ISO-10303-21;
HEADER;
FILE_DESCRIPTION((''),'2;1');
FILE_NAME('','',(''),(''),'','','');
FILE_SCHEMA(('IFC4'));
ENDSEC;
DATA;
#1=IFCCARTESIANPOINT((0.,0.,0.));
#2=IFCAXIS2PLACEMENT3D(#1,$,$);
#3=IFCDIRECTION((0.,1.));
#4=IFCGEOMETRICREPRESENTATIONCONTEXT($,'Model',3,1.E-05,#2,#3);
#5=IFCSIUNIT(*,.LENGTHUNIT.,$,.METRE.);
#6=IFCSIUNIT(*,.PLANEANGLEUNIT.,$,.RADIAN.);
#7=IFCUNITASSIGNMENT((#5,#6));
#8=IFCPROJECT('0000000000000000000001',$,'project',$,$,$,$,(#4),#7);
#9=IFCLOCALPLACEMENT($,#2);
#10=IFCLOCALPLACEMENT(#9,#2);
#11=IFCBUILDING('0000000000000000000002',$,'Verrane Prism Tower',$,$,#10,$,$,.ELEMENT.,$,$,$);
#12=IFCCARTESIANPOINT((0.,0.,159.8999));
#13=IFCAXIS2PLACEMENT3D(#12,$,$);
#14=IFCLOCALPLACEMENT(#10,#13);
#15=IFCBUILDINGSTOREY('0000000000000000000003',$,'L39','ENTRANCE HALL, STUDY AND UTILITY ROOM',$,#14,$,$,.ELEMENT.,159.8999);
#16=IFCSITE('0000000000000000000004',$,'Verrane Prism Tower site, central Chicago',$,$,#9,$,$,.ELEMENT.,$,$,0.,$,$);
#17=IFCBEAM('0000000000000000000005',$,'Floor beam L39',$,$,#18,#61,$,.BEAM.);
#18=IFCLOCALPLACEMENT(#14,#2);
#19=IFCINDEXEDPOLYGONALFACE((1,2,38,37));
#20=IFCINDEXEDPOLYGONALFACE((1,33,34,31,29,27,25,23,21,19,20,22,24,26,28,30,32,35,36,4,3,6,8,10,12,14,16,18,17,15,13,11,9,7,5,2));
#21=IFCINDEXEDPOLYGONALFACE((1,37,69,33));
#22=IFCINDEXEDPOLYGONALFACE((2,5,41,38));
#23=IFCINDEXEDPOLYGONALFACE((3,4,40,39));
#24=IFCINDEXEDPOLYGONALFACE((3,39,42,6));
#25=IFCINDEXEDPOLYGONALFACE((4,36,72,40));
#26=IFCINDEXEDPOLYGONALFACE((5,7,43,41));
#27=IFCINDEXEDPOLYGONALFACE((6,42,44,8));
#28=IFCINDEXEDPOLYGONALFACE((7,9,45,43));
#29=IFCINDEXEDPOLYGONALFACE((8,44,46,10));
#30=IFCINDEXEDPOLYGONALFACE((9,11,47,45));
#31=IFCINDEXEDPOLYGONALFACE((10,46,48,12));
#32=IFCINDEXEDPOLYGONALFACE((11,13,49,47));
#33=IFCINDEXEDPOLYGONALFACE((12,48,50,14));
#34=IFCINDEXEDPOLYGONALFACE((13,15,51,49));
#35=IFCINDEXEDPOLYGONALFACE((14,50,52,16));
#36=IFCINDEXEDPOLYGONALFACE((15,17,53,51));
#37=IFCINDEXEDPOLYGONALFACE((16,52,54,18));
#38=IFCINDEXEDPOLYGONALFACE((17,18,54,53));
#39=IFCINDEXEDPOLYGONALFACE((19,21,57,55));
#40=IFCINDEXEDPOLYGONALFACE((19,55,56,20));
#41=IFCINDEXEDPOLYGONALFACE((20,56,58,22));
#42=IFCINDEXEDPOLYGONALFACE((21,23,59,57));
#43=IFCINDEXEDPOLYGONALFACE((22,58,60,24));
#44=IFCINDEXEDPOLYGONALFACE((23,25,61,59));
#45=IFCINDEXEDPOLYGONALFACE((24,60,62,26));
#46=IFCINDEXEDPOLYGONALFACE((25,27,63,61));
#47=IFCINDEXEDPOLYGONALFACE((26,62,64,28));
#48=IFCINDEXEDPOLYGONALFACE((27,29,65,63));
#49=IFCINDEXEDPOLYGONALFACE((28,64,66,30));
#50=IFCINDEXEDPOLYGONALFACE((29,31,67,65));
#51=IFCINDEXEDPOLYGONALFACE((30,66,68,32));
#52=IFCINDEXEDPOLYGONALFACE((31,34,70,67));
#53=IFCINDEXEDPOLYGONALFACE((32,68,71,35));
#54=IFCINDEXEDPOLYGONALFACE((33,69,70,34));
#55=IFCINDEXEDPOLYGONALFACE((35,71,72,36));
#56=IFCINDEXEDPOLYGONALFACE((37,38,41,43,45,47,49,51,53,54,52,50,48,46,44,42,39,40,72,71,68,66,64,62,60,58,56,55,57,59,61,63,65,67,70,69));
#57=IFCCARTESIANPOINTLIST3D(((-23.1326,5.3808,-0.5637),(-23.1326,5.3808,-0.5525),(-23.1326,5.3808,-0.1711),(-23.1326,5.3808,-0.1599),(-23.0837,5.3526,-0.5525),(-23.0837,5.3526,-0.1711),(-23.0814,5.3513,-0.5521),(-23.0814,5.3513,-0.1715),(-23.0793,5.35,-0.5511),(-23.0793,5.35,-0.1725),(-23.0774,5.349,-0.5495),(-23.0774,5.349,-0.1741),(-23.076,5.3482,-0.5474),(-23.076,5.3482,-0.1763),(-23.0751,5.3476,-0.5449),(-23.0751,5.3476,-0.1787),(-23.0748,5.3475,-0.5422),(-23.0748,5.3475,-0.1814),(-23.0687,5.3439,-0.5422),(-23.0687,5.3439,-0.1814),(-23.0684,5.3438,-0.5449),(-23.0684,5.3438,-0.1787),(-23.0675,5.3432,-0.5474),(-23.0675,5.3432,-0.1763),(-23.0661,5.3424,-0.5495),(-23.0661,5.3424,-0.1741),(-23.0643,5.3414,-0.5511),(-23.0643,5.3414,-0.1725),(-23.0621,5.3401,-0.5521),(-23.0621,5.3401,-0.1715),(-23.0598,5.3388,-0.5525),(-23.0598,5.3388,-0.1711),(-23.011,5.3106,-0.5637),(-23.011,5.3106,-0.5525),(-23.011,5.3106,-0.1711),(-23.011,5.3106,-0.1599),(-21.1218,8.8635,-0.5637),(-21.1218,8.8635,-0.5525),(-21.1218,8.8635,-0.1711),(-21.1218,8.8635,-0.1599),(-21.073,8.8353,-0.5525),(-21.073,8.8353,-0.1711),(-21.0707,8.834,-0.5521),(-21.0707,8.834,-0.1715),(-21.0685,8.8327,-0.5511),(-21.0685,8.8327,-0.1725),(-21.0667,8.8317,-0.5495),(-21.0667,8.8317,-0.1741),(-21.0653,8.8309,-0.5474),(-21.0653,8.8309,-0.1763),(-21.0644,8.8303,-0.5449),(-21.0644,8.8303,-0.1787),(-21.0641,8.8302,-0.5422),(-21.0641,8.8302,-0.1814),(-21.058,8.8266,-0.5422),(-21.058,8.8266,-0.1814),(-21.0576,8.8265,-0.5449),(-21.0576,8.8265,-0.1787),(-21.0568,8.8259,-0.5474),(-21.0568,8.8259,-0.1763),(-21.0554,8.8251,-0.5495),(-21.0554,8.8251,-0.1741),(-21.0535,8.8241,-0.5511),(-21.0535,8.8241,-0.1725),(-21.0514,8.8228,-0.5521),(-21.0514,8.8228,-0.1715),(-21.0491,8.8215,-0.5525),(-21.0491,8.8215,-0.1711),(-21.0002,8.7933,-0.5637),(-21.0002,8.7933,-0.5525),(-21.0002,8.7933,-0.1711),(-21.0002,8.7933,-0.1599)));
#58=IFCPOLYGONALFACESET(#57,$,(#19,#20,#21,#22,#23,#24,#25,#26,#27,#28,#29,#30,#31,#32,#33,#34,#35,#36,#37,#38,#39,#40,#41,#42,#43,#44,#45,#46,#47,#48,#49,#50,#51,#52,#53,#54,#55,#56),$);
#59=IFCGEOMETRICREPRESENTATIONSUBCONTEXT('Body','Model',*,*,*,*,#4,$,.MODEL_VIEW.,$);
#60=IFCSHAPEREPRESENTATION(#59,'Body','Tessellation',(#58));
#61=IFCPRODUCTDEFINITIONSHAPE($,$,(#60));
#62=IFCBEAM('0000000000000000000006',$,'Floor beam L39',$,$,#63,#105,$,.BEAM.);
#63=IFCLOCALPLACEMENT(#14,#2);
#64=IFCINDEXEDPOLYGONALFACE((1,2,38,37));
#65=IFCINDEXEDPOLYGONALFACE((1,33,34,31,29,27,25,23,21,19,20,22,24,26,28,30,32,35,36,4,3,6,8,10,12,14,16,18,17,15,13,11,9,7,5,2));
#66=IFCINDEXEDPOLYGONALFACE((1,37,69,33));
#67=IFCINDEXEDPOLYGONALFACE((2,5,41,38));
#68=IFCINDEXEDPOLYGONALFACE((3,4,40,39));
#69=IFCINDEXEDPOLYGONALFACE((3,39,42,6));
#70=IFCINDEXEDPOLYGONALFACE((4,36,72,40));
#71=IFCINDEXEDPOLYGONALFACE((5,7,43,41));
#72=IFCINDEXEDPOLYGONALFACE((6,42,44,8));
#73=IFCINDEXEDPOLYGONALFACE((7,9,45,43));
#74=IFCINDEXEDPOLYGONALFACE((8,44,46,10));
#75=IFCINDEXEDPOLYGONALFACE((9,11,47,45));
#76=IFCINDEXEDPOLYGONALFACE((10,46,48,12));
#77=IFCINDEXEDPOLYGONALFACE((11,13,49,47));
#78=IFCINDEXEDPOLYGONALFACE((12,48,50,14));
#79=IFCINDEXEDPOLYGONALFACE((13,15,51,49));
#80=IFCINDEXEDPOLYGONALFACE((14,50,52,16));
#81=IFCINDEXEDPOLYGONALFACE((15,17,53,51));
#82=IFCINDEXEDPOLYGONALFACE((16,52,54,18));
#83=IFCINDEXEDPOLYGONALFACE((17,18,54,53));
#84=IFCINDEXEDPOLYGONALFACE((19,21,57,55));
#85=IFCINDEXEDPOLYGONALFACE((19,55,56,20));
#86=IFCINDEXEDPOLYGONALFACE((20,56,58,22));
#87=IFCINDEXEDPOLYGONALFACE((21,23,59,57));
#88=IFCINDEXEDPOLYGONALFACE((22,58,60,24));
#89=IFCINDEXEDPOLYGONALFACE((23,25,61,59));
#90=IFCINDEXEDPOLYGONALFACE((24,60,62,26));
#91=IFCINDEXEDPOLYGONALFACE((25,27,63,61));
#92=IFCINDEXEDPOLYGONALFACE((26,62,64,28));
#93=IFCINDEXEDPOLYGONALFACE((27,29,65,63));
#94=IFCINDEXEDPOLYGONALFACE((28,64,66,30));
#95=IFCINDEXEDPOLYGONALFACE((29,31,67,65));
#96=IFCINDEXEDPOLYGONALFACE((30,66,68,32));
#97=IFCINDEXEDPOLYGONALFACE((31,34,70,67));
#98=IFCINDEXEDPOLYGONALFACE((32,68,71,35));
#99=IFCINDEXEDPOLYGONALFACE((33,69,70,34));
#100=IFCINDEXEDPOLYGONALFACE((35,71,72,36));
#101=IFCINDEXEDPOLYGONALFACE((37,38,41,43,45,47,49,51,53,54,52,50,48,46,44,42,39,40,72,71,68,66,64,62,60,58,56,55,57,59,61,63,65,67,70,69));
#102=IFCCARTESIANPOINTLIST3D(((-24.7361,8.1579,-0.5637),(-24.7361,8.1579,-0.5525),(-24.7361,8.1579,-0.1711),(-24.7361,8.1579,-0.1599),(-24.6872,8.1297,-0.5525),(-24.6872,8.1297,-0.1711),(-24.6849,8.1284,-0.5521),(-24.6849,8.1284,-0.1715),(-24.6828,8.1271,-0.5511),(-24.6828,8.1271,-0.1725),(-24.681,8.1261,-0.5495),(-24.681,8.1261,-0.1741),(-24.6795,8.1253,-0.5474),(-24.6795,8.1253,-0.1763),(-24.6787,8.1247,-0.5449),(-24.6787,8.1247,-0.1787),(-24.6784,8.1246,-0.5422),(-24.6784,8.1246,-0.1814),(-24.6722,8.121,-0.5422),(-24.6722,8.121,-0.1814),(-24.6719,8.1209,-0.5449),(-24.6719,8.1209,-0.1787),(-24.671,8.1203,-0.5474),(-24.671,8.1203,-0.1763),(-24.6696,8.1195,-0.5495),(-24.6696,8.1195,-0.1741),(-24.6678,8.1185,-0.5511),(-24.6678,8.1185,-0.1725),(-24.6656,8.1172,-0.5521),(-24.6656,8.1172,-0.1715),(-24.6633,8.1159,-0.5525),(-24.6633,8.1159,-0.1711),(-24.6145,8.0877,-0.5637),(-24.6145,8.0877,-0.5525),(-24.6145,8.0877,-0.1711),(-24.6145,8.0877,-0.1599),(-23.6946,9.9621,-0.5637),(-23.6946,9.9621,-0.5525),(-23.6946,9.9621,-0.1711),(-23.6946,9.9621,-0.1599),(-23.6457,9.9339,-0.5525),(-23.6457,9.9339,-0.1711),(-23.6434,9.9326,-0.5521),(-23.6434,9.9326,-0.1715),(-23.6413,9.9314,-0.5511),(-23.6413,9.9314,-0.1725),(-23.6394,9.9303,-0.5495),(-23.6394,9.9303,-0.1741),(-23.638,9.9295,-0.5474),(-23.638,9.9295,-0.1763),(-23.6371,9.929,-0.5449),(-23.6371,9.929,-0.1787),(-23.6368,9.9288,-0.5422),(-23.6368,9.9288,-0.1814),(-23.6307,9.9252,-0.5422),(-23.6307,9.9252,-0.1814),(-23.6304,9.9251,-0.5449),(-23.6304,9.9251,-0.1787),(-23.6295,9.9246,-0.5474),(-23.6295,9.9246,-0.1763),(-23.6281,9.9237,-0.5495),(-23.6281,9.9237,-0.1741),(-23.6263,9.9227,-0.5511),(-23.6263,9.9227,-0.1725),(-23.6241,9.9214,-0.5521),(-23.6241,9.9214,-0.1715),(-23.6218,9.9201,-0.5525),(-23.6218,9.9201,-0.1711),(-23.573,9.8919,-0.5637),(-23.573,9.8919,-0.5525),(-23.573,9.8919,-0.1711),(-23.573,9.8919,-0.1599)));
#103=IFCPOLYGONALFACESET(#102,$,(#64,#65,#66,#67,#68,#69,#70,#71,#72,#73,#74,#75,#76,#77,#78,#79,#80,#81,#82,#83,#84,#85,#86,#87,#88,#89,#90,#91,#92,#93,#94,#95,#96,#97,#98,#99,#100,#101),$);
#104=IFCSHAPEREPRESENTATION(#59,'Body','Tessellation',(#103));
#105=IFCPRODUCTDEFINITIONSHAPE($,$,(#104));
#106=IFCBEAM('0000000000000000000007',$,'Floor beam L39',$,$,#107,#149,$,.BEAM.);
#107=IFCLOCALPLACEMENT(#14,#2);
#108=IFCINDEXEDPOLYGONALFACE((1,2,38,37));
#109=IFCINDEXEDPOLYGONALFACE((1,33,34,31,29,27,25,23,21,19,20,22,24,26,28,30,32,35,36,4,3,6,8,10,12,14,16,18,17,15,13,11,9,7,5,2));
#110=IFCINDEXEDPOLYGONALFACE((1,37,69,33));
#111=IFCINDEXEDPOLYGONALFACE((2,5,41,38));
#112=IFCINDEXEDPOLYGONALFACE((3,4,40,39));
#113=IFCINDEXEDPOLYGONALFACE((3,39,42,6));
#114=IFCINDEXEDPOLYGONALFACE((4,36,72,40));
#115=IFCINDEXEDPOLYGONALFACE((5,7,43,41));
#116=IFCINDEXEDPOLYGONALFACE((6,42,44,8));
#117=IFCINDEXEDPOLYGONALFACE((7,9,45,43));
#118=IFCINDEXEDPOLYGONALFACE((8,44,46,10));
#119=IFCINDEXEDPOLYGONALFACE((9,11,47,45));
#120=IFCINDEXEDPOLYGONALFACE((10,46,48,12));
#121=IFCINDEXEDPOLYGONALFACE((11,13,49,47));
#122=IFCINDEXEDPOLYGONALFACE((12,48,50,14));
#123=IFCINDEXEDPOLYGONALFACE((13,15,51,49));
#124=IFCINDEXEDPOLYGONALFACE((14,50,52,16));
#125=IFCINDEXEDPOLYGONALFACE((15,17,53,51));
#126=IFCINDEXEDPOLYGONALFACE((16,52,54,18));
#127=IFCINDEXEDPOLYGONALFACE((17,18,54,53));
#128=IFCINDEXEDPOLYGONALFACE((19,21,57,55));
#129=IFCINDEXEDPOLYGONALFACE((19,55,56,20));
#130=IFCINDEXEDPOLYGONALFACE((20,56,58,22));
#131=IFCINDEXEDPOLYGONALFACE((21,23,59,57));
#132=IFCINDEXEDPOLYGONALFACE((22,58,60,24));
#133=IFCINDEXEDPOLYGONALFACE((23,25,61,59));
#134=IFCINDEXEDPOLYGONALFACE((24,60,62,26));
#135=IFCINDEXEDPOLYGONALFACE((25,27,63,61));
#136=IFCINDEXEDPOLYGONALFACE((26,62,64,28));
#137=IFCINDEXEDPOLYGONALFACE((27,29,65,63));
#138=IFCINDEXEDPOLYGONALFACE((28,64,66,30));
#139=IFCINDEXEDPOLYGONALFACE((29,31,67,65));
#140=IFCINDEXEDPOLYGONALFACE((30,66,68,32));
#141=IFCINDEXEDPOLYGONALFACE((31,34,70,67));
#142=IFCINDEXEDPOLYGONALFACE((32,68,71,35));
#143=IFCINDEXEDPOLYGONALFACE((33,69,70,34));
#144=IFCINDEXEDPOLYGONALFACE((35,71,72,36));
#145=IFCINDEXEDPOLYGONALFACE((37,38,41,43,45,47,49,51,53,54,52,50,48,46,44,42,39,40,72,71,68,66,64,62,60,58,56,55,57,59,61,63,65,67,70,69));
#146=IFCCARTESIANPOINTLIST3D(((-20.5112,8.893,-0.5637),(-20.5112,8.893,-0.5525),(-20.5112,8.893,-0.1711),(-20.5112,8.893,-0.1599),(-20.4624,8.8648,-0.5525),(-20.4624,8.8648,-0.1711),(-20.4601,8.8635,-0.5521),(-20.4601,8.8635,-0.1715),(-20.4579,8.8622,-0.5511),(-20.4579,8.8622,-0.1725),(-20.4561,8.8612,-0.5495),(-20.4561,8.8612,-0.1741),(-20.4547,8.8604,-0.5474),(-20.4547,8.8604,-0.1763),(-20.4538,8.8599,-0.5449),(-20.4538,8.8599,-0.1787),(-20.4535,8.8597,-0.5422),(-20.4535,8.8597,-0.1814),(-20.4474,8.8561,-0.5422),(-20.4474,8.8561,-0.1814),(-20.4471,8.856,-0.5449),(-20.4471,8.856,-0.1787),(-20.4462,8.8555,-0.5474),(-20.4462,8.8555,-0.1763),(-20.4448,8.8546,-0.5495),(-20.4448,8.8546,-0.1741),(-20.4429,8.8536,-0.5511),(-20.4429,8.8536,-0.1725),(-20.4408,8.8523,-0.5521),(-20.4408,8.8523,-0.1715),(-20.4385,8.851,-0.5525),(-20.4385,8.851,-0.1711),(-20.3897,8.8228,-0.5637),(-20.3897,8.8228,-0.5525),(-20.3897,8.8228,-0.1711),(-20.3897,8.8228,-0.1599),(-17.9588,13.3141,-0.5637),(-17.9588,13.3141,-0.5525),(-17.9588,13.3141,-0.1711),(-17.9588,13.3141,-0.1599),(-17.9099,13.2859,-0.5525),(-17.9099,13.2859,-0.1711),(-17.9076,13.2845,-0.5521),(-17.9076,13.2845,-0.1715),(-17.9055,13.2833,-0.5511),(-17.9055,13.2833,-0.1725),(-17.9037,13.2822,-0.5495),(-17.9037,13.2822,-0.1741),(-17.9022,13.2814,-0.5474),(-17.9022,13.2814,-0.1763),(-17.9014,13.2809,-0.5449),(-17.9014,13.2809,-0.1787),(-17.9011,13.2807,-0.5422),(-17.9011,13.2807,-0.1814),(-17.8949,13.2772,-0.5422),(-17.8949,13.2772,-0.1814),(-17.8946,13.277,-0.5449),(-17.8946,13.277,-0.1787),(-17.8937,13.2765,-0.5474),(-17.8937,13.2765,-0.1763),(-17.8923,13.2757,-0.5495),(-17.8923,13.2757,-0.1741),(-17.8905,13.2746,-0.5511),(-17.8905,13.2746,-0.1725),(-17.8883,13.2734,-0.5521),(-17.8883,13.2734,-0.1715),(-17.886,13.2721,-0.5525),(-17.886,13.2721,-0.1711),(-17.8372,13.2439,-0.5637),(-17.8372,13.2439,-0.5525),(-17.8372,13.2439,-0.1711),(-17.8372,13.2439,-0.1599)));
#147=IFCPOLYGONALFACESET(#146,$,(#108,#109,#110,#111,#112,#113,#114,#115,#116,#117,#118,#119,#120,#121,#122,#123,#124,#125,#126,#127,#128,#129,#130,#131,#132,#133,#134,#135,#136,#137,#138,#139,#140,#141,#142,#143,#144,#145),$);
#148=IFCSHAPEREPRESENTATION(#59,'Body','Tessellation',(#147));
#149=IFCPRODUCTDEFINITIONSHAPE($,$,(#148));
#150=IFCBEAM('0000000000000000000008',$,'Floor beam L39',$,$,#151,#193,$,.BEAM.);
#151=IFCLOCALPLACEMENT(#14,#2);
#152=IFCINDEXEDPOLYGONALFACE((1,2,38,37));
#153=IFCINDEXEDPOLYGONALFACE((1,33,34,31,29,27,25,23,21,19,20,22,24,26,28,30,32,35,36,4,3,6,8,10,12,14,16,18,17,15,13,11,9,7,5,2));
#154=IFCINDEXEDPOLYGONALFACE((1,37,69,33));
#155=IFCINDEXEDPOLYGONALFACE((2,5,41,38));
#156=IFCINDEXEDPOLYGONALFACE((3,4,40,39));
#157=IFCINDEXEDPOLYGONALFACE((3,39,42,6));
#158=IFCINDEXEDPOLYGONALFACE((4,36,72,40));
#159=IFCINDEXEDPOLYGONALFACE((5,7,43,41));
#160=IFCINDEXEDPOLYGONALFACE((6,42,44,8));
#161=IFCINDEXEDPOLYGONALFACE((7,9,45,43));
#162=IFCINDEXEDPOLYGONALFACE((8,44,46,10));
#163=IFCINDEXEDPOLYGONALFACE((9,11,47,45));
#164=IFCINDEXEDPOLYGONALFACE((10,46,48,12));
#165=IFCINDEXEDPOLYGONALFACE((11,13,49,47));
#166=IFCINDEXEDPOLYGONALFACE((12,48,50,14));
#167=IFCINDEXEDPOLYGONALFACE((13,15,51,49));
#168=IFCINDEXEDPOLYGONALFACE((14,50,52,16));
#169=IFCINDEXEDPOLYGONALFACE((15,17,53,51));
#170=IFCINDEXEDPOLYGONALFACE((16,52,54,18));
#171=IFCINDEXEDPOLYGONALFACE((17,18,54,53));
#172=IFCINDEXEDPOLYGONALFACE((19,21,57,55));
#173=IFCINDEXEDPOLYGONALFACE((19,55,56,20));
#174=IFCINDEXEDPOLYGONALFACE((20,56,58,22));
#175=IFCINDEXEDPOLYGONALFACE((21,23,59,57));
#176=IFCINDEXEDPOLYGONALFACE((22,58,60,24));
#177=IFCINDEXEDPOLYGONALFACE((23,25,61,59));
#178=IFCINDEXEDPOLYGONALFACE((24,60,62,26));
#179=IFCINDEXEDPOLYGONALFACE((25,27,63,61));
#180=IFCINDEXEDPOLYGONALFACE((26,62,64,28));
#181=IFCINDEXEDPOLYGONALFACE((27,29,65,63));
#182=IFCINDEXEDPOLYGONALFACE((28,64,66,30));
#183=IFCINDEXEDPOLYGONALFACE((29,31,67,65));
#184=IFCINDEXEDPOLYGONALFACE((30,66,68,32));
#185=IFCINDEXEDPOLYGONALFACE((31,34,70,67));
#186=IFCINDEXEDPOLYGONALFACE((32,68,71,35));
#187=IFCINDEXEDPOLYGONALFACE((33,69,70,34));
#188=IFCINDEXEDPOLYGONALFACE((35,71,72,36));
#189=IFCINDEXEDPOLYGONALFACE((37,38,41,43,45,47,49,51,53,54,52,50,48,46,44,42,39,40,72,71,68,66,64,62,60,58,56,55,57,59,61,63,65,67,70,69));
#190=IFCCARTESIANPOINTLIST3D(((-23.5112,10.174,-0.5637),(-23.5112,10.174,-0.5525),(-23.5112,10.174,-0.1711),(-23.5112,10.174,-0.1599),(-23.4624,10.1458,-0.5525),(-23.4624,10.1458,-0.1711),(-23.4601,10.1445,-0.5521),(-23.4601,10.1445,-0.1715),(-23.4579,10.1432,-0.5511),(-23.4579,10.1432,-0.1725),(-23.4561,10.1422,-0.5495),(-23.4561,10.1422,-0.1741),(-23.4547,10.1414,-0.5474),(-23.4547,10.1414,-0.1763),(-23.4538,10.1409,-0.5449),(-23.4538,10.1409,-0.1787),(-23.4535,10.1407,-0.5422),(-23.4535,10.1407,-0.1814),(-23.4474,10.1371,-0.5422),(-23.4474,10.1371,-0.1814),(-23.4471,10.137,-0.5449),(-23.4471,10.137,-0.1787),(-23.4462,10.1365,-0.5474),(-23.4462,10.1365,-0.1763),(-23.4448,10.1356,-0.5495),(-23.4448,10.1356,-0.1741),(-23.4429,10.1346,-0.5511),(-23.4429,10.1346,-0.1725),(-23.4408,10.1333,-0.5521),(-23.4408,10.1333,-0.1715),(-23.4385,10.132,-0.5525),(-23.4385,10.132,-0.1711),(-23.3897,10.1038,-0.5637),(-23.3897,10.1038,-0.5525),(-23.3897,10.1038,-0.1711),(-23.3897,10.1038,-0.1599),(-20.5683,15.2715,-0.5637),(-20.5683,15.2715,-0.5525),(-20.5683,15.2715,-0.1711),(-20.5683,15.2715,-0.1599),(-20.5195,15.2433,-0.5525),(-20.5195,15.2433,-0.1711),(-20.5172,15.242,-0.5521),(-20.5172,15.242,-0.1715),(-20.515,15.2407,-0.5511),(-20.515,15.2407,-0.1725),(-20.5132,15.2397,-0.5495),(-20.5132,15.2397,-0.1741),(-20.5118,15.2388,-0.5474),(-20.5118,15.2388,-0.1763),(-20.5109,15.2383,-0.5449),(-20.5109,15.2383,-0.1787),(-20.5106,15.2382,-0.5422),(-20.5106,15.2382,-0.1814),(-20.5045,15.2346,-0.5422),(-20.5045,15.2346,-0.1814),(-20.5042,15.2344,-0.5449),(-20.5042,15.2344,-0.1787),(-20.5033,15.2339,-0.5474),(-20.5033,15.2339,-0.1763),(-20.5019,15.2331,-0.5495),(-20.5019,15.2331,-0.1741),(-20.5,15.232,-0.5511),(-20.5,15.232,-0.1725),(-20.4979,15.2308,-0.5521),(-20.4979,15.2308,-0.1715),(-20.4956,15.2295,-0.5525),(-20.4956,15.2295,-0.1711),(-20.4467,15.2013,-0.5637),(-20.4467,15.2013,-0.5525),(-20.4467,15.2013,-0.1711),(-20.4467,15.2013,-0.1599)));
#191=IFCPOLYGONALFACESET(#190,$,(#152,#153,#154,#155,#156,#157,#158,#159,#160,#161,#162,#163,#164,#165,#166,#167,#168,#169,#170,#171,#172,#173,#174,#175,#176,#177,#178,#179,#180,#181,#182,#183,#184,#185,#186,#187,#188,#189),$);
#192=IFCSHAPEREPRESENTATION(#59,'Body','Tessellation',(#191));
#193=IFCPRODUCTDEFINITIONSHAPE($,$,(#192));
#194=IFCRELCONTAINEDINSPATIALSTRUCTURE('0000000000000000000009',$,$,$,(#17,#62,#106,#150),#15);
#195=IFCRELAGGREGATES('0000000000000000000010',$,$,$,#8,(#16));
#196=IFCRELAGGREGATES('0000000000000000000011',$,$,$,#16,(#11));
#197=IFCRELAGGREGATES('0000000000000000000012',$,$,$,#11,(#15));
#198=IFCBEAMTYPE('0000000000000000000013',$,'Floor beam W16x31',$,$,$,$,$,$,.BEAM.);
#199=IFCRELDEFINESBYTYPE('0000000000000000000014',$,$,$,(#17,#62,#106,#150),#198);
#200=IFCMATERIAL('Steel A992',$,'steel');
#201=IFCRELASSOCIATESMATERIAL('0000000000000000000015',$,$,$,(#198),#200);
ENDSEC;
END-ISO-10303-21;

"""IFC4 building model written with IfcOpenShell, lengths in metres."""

from ifc_helpers import new_model, si_unit, direction, frame, origin, origin_2d, place, context, subcontext, project, spatial, i_section, extrude, material, material_profile, profile_set, type_object, element, save


model = new_model("IFC4")

# Units and contexts
model_context = context("Model", 3, precision=1e-05, world=origin(), true_north=direction((0.0, 1.0)))
body_context = subcontext(model_context, "Body", "Model", "MODEL_VIEW")
ifc_project = project(units=[si_unit("LENGTHUNIT", "METRE"), si_unit("PLANEANGLEUNIT", "RADIAN")], contexts=[model_context])

# Site, building, storey
site_placement = place(None, origin())
site = spatial("IfcSite", under=ifc_project, at=site_placement, Name="Verrane Prism Tower site, central Chicago", CompositionType="ELEMENT", RefElevation=0.0)
building_placement = place(site_placement, origin())
building = spatial("IfcBuilding", under=site, at=building_placement, Name="Verrane Prism Tower", CompositionType="ELEMENT")
storey_placement = place(building_placement, frame((0.0, 0.0, 159.8999)))
storey = spatial("IfcBuildingStorey", under=building, at=storey_placement, Name="L39", Description="ENTRANCE HALL, STUDY AND UTILITY ROOM", CompositionType="ELEMENT", Elevation=159.8999)

# Beams
ifc_material_1 = material(Name="Steel A992", Category="steel")
ifc_material_profile_1 = material_profile(ifc_material_1, i_section(OverallWidth=0.1404, OverallDepth=0.4038, WebThickness=0.0071, FlangeThickness=0.0112, FilletRadius=0.0103, at=origin_2d()), Name="W16x31")
ifc_profile_set_1 = profile_set([ifc_material_profile_1], Name="Steel A992")
beam_type_1 = type_object("IfcBeamType", Name="Floor beam W16x31", PredefinedType="BEAM", material=ifc_profile_set_1)
beam_1_placement = place(storey_placement, frame((-23.0718, 5.3457, -0.3618), z_axis=(0.500004, 0.866023, 0.0), x_axis=(-0.866023, 0.500004, 0.0)))
element("IfcBeam", 1, at=beam_1_placement, inside=storey, type_object=beam_type_1, Name="Floor beam L39", PredefinedType="BEAM", context=body_context, shape_type="SweptSolid", body=[
    extrude(i_section(OverallWidth=0.1404, OverallDepth=0.4038, WebThickness=0.0071, FlangeThickness=0.0112, FilletRadius=0.0103, at=origin_2d()), origin(), (0.0, 0.0, 1.0), 4.0215),
])
beam_2_placement = place(storey_placement, frame((-24.6753, 8.1228, -0.3618), z_axis=(0.499946, 0.866057, 0.0), x_axis=(-0.866057, 0.499946, 0.0)))
element("IfcBeam", 2, at=beam_2_placement, inside=storey, type_object=beam_type_1, Name="Floor beam L39", PredefinedType="BEAM", context=body_context, shape_type="SweptSolid", body=[
    extrude(i_section(OverallWidth=0.1404, OverallDepth=0.4038, WebThickness=0.0071, FlangeThickness=0.0112, FilletRadius=0.0103, at=origin_2d()), origin(), (0.0, 0.0, 1.0), 2.0833),
])
beam_3_placement = place(storey_placement, frame((-20.4504, 8.8579, -0.3618), z_axis=(0.499992, 0.86603, 0.0), x_axis=(-0.86603, 0.499992, 0.0)))
element("IfcBeam", 3, at=beam_3_placement, inside=storey, type_object=beam_type_1, Name="Floor beam L39", PredefinedType="BEAM", context=body_context, shape_type="SweptSolid", body=[
    extrude(i_section(OverallWidth=0.1404, OverallDepth=0.4038, WebThickness=0.0071, FlangeThickness=0.0112, FilletRadius=0.0103, at=origin_2d()), origin(), (0.0, 0.0, 1.0), 5.105),
])
beam_4_placement = place(storey_placement, frame((-23.4504, 10.1389, -0.3618), z_axis=(0.499985, 0.866034, 0.0), x_axis=(-0.866034, 0.499985, 0.0)))
element("IfcBeam", 4, at=beam_4_placement, inside=storey, type_object=beam_type_1, Name="Floor beam L39", PredefinedType="BEAM", context=body_context, shape_type="SweptSolid", body=[
    extrude(i_section(OverallWidth=0.1404, OverallDepth=0.4038, WebThickness=0.0071, FlangeThickness=0.0112, FilletRadius=0.0103, at=origin_2d()), origin(), (0.0, 0.0, 1.0), 5.886),
])

save(model, "model.ifc")
